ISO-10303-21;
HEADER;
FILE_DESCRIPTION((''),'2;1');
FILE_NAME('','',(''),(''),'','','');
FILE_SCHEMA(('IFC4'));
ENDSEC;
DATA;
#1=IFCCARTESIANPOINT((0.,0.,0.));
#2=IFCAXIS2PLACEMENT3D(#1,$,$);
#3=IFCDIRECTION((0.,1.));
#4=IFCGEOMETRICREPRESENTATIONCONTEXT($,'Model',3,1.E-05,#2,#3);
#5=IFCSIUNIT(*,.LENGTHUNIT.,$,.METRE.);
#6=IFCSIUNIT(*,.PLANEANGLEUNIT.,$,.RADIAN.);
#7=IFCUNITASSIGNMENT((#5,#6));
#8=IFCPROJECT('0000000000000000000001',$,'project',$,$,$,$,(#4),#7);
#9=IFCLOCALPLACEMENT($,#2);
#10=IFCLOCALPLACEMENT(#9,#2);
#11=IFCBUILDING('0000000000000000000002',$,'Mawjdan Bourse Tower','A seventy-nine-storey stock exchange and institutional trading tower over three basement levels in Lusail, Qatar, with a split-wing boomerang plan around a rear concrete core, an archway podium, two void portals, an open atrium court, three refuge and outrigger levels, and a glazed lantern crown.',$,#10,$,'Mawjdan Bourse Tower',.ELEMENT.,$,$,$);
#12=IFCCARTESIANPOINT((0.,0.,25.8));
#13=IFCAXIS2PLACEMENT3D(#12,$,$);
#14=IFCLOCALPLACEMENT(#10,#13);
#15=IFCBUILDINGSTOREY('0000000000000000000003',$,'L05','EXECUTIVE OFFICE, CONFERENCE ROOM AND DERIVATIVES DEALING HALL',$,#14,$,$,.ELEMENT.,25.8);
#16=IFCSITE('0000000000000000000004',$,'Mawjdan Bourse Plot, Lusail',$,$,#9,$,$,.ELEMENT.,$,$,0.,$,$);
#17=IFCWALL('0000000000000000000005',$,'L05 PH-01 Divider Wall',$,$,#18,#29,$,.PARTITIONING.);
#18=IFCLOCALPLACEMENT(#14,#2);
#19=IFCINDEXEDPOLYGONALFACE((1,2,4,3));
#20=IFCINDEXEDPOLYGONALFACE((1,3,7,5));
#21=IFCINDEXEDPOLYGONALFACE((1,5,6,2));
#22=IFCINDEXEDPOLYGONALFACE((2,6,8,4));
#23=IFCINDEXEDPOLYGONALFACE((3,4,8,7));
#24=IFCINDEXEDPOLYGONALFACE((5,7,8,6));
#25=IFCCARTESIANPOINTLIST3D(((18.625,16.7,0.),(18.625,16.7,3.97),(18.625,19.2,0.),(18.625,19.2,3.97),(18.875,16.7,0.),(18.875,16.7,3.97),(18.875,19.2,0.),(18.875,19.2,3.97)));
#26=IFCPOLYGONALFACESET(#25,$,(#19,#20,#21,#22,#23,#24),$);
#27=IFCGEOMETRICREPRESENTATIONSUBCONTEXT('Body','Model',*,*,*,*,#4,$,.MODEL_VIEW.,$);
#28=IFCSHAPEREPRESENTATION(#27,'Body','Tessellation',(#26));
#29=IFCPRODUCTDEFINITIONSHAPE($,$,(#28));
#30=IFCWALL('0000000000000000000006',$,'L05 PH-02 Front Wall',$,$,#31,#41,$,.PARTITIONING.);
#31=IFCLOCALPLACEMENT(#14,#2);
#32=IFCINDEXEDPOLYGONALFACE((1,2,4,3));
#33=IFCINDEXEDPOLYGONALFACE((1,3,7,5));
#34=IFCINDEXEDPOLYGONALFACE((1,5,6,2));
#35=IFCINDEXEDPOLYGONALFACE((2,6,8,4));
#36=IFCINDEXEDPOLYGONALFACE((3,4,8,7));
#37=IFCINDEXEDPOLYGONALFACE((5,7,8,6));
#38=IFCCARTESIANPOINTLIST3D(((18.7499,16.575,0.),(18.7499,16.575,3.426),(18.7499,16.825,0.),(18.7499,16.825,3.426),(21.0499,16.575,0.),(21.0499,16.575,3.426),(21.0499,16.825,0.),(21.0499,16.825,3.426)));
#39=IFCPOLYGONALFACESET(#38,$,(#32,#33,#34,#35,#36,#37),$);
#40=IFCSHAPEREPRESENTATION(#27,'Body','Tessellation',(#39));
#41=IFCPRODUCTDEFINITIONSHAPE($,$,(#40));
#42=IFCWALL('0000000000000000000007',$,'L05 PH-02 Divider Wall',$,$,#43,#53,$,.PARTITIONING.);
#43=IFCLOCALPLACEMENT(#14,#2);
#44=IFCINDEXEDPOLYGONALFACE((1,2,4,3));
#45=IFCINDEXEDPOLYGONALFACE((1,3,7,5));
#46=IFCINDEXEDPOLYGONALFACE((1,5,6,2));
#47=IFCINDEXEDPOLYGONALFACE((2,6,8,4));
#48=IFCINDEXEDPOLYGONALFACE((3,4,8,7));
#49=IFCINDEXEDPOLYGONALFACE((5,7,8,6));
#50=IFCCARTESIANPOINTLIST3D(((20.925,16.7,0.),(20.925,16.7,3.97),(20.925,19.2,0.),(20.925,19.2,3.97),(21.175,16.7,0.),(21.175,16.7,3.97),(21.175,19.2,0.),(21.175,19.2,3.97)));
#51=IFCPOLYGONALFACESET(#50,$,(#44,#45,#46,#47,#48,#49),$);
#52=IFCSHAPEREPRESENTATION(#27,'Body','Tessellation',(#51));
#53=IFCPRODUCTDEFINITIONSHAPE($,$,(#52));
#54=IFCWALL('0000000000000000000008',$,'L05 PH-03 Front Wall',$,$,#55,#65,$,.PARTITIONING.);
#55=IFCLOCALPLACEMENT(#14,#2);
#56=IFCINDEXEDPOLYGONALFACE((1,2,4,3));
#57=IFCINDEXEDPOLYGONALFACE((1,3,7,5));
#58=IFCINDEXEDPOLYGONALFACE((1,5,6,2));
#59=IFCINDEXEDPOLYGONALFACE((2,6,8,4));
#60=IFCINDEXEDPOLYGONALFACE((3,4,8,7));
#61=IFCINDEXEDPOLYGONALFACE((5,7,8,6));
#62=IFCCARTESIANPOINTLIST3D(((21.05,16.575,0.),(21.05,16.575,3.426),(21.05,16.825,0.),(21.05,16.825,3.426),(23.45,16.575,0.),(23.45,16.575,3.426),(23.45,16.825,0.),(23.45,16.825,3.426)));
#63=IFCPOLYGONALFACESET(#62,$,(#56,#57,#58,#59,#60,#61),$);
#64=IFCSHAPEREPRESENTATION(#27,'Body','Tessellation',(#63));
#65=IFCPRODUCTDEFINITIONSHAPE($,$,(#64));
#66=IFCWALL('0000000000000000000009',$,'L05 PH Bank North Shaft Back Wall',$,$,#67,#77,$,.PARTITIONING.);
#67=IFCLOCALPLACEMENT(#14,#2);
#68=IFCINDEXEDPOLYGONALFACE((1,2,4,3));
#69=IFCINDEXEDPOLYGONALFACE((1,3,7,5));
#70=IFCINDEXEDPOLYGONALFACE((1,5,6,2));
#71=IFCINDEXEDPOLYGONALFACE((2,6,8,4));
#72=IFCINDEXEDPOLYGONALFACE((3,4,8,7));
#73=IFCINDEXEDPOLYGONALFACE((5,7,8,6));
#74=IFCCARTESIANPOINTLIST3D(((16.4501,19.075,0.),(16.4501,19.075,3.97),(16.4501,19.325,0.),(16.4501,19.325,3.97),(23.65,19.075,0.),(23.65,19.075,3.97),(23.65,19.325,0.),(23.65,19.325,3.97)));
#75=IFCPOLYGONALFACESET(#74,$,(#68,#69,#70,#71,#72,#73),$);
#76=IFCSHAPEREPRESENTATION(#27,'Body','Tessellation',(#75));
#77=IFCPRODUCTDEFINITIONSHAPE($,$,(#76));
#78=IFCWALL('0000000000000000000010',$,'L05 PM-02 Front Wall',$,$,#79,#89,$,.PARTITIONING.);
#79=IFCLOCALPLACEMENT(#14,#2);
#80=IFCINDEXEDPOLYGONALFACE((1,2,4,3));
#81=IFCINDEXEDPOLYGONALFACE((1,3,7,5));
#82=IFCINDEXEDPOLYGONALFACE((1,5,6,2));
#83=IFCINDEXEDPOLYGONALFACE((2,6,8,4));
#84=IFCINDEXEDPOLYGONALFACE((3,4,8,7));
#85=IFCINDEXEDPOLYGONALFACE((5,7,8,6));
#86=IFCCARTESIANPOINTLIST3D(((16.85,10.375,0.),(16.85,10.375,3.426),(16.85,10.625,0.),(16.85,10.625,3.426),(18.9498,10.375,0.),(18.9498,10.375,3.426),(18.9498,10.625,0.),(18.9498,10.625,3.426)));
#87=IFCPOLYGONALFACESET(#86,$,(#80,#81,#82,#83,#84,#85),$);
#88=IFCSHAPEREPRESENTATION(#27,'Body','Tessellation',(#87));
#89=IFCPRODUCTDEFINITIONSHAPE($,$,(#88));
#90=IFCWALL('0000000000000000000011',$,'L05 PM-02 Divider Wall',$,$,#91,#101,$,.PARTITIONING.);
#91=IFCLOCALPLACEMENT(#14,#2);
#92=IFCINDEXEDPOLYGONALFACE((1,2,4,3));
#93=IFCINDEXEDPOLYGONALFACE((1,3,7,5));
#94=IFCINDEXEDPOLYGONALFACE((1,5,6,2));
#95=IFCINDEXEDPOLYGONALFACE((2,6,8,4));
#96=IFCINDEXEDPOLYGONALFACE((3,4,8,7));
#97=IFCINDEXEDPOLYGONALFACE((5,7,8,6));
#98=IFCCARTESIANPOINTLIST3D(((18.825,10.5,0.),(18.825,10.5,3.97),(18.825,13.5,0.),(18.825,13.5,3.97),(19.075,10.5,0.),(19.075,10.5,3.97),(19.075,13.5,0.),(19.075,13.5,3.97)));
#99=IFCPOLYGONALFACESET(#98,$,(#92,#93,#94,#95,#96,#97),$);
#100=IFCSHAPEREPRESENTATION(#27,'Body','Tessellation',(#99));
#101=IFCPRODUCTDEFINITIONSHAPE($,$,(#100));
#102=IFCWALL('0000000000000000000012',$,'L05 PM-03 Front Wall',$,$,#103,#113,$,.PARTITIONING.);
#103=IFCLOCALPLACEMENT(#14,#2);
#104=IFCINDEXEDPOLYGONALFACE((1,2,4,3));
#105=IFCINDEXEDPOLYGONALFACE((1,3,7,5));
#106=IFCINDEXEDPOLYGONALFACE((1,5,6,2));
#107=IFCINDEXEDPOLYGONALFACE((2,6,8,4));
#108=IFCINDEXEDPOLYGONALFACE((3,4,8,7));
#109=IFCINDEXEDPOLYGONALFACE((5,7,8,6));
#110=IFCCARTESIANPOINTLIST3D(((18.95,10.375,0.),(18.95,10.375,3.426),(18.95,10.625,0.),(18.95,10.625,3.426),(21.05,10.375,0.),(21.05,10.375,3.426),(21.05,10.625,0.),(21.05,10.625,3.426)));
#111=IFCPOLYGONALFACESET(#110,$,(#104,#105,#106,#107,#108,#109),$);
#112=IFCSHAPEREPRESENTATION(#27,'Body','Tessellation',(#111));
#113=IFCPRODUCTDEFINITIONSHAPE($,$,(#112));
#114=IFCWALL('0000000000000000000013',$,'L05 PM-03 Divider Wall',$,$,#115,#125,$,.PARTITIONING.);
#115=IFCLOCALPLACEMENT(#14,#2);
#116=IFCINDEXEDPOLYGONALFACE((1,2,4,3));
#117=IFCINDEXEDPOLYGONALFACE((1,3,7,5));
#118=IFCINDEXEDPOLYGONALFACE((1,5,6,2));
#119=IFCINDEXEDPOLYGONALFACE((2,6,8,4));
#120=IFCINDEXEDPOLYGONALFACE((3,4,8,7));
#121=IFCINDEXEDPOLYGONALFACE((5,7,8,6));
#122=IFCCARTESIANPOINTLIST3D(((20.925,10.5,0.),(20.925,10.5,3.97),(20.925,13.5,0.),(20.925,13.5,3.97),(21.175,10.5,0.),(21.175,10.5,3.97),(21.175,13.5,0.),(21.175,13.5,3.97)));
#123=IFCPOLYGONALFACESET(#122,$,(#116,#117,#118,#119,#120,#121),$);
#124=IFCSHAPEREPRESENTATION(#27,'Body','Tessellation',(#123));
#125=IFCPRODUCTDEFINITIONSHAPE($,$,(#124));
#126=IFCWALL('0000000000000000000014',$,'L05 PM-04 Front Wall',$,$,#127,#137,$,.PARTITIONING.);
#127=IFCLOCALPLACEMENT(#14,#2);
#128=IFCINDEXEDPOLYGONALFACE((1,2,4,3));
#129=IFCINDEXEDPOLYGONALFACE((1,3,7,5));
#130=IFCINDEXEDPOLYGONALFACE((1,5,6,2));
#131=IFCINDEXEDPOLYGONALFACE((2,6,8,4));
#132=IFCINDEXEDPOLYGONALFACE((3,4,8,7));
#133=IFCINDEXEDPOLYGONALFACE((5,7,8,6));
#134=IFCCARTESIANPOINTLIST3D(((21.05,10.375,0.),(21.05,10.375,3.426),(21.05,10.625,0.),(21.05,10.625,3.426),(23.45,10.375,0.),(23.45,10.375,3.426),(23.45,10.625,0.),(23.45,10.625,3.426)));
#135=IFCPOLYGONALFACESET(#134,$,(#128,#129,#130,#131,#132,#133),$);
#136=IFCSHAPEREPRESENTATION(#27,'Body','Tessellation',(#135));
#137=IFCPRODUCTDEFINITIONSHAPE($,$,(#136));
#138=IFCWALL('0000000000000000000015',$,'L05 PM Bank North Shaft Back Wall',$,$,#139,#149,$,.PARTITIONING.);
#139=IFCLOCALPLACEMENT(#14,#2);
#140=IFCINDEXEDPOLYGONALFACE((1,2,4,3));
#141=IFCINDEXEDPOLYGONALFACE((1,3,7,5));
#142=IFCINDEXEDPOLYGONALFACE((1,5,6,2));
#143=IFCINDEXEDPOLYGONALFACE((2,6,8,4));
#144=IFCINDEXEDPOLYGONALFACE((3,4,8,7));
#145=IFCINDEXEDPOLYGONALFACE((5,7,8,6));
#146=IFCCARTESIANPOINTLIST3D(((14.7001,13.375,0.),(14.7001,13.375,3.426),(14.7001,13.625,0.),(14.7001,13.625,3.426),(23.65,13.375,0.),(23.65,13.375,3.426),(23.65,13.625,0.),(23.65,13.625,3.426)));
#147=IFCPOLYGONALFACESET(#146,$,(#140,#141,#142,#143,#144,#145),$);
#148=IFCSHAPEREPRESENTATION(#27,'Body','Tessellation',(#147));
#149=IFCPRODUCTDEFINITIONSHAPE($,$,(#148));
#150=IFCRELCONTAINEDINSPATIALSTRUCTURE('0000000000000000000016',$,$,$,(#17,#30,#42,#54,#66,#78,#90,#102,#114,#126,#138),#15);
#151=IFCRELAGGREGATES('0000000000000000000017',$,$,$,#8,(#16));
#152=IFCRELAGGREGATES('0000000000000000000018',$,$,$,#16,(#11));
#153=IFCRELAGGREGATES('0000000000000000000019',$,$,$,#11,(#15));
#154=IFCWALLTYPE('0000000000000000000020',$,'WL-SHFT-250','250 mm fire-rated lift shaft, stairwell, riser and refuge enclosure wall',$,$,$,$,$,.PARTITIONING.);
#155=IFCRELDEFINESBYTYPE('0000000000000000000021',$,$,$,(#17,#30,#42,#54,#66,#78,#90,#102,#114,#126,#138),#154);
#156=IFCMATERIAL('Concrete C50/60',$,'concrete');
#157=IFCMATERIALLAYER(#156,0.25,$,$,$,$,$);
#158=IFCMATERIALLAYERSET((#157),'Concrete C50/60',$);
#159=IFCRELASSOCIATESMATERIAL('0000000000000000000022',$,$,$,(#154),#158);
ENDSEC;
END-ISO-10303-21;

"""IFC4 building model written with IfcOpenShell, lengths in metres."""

from ifc_helpers import new_model, si_unit, direction, frame, frame_2d, origin, place, context, subcontext, project, spatial, rectangle, extrude, material, layer, layer_set, type_object, element, save


model = new_model("IFC4")

# Units and contexts
model_context = context("Model", 3, precision=1e-05, world=origin(), true_north=direction((0.0, 1.0)))
body_context = subcontext(model_context, "Body", "Model", "MODEL_VIEW")
ifc_project = project(units=[si_unit("LENGTHUNIT", "METRE"), si_unit("PLANEANGLEUNIT", "RADIAN")], contexts=[model_context])

# Site, building, storey
site_placement = place(None, origin())
site = spatial("IfcSite", under=ifc_project, at=site_placement, Name="Mawjdan Bourse Plot, Lusail", CompositionType="ELEMENT", RefElevation=0.0)
building_placement = place(site_placement, origin())
building = spatial("IfcBuilding", under=site, at=building_placement, Name="Mawjdan Bourse Tower", Description="A seventy-nine-storey stock exchange and institutional trading tower over three basement levels in Lusail, Qatar, with a split-wing boomerang plan around a rear concrete core, an archway podium, two void portals, an open atrium court, three refuge and outrigger levels, and a glazed lantern crown.", LongName="Mawjdan Bourse Tower", CompositionType="ELEMENT")
storey_placement = place(building_placement, frame((0.0, 0.0, 25.8)))
storey = spatial("IfcBuildingStorey", under=building, at=storey_placement, Name="L05", Description="EXECUTIVE OFFICE, CONFERENCE ROOM AND DERIVATIVES DEALING HALL", CompositionType="ELEMENT", Elevation=25.8)

# Shared definitions
ifc_material_1 = material(Name="Concrete C50/60", Category="concrete")
ifc_layer_1 = layer(ifc_material_1, 0.25)
ifc_layer_set_1 = layer_set([ifc_layer_1], Name="Concrete C50/60")
wall_type_1 = type_object("IfcWallType", Name="WL-SHFT-250", Description="250 mm fire-rated lift shaft, stairwell, riser and refuge enclosure wall", PredefinedType="PARTITIONING", material=ifc_layer_set_1)

# Walls
wall_1_placement = place(storey_placement, frame((18.75, 16.7, 0.0), z_axis=(0.0, 0.0, 1.0), x_axis=(0.0, 1.0, 0.0)))
element("IfcWall", 1, at=wall_1_placement, inside=storey, type_object=wall_type_1, Name="L05 PH-01 Divider Wall", PredefinedType="PARTITIONING", context=body_context, shape_type="SweptSolid", body=[
    extrude(rectangle(XDim=2.5, YDim=0.25, at=frame_2d((1.25, 0.0))), origin(), (0.0, 0.0, 1.0), 3.97),
])
wall_2_placement = place(storey_placement, frame((18.75, 16.7, 0.0), z_axis=(0.0, 0.0, 1.0), x_axis=(1.0, 0.0, 0.0)))
element("IfcWall", 2, at=wall_2_placement, inside=storey, type_object=wall_type_1, Name="L05 PH-02 Front Wall", PredefinedType="PARTITIONING", context=body_context, shape_type="SweptSolid", body=[
    extrude(rectangle(XDim=2.3, YDim=0.25, at=frame_2d((1.1499, 0.0))), origin(), (0.0, 0.0, 1.0), 3.426),
])
wall_3_placement = place(storey_placement, frame((21.05, 16.7, 0.0), z_axis=(0.0, 0.0, 1.0), x_axis=(0.0, 1.0, 0.0)))
element("IfcWall", 3, at=wall_3_placement, inside=storey, type_object=wall_type_1, Name="L05 PH-02 Divider Wall", PredefinedType="PARTITIONING", context=body_context, shape_type="SweptSolid", body=[
    extrude(rectangle(XDim=2.5, YDim=0.25, at=frame_2d((1.25, 0.0))), origin(), (0.0, 0.0, 1.0), 3.97),
])
wall_4_placement = place(storey_placement, frame((21.05, 16.7, 0.0), z_axis=(0.0, 0.0, 1.0), x_axis=(1.0, 0.0, 0.0)))
element("IfcWall", 4, at=wall_4_placement, inside=storey, type_object=wall_type_1, Name="L05 PH-03 Front Wall", PredefinedType="PARTITIONING", context=body_context, shape_type="SweptSolid", body=[
    extrude(rectangle(XDim=2.3999, YDim=0.25, at=frame_2d((1.2, 0.0))), origin(), (0.0, 0.0, 1.0), 3.426),
])
wall_5_placement = place(storey_placement, frame((16.45, 19.2, 0.0), z_axis=(0.0, 0.0, 1.0), x_axis=(1.0, 0.0, 0.0)))
element("IfcWall", 5, at=wall_5_placement, inside=storey, type_object=wall_type_1, Name="L05 PH Bank North Shaft Back Wall", PredefinedType="PARTITIONING", context=body_context, shape_type="SweptSolid", body=[
    extrude(rectangle(XDim=7.2, YDim=0.25, at=frame_2d((3.6001, 0.0))), origin(), (0.0, 0.0, 1.0), 3.97),
])
wall_6_placement = place(storey_placement, frame((16.8501, 10.5, 0.0), z_axis=(0.0, 0.0, 1.0), x_axis=(1.0, 0.0, 0.0)))
element("IfcWall", 6, at=wall_6_placement, inside=storey, type_object=wall_type_1, Name="L05 PM-02 Front Wall", PredefinedType="PARTITIONING", context=body_context, shape_type="SweptSolid", body=[
    extrude(rectangle(XDim=2.0999, YDim=0.25, at=frame_2d((1.0498, 0.0))), origin(), (0.0, 0.0, 1.0), 3.426),
])
wall_7_placement = place(storey_placement, frame((18.95, 10.5, 0.0), z_axis=(0.0, 0.0, 1.0), x_axis=(0.0, 1.0, 0.0)))
element("IfcWall", 7, at=wall_7_placement, inside=storey, type_object=wall_type_1, Name="L05 PM-02 Divider Wall", PredefinedType="PARTITIONING", context=body_context, shape_type="SweptSolid", body=[
    extrude(rectangle(XDim=3.0, YDim=0.25, at=frame_2d((1.5, 0.0))), origin(), (0.0, 0.0, 1.0), 3.97),
])
wall_8_placement = place(storey_placement, frame((18.95, 10.5, 0.0), z_axis=(0.0, 0.0, 1.0), x_axis=(1.0, 0.0, 0.0)))
element("IfcWall", 8, at=wall_8_placement, inside=storey, type_object=wall_type_1, Name="L05 PM-03 Front Wall", PredefinedType="PARTITIONING", context=body_context, shape_type="SweptSolid", body=[
    extrude(rectangle(XDim=2.1001, YDim=0.25, at=frame_2d((1.05, 0.0))), origin(), (0.0, 0.0, 1.0), 3.426),
])
wall_9_placement = place(storey_placement, frame((21.05, 10.5, 0.0), z_axis=(0.0, 0.0, 1.0), x_axis=(0.0, 1.0, 0.0)))
element("IfcWall", 9, at=wall_9_placement, inside=storey, type_object=wall_type_1, Name="L05 PM-03 Divider Wall", PredefinedType="PARTITIONING", context=body_context, shape_type="SweptSolid", body=[
    extrude(rectangle(XDim=3.0, YDim=0.25, at=frame_2d((1.5, 0.0))), origin(), (0.0, 0.0, 1.0), 3.97),
])
wall_10_placement = place(storey_placement, frame((21.05, 10.5, 0.0), z_axis=(0.0, 0.0, 1.0), x_axis=(1.0, 0.0, 0.0)))
element("IfcWall", 10, at=wall_10_placement, inside=storey, type_object=wall_type_1, Name="L05 PM-04 Front Wall", PredefinedType="PARTITIONING", context=body_context, shape_type="SweptSolid", body=[
    extrude(rectangle(XDim=2.3999, YDim=0.25, at=frame_2d((1.2, 0.0))), origin(), (0.0, 0.0, 1.0), 3.426),
])
wall_11_placement = place(storey_placement, frame((14.7, 13.5, 0.0), z_axis=(0.0, 0.0, 1.0), x_axis=(1.0, 0.0, 0.0)))
element("IfcWall", 11, at=wall_11_placement, inside=storey, type_object=wall_type_1, Name="L05 PM Bank North Shaft Back Wall", PredefinedType="PARTITIONING", context=body_context, shape_type="SweptSolid", body=[
    extrude(rectangle(XDim=8.95, YDim=0.25, at=frame_2d((4.4751, 0.0))), origin(), (0.0, 0.0, 1.0), 3.426),
])

save(model, "model.ifc")
